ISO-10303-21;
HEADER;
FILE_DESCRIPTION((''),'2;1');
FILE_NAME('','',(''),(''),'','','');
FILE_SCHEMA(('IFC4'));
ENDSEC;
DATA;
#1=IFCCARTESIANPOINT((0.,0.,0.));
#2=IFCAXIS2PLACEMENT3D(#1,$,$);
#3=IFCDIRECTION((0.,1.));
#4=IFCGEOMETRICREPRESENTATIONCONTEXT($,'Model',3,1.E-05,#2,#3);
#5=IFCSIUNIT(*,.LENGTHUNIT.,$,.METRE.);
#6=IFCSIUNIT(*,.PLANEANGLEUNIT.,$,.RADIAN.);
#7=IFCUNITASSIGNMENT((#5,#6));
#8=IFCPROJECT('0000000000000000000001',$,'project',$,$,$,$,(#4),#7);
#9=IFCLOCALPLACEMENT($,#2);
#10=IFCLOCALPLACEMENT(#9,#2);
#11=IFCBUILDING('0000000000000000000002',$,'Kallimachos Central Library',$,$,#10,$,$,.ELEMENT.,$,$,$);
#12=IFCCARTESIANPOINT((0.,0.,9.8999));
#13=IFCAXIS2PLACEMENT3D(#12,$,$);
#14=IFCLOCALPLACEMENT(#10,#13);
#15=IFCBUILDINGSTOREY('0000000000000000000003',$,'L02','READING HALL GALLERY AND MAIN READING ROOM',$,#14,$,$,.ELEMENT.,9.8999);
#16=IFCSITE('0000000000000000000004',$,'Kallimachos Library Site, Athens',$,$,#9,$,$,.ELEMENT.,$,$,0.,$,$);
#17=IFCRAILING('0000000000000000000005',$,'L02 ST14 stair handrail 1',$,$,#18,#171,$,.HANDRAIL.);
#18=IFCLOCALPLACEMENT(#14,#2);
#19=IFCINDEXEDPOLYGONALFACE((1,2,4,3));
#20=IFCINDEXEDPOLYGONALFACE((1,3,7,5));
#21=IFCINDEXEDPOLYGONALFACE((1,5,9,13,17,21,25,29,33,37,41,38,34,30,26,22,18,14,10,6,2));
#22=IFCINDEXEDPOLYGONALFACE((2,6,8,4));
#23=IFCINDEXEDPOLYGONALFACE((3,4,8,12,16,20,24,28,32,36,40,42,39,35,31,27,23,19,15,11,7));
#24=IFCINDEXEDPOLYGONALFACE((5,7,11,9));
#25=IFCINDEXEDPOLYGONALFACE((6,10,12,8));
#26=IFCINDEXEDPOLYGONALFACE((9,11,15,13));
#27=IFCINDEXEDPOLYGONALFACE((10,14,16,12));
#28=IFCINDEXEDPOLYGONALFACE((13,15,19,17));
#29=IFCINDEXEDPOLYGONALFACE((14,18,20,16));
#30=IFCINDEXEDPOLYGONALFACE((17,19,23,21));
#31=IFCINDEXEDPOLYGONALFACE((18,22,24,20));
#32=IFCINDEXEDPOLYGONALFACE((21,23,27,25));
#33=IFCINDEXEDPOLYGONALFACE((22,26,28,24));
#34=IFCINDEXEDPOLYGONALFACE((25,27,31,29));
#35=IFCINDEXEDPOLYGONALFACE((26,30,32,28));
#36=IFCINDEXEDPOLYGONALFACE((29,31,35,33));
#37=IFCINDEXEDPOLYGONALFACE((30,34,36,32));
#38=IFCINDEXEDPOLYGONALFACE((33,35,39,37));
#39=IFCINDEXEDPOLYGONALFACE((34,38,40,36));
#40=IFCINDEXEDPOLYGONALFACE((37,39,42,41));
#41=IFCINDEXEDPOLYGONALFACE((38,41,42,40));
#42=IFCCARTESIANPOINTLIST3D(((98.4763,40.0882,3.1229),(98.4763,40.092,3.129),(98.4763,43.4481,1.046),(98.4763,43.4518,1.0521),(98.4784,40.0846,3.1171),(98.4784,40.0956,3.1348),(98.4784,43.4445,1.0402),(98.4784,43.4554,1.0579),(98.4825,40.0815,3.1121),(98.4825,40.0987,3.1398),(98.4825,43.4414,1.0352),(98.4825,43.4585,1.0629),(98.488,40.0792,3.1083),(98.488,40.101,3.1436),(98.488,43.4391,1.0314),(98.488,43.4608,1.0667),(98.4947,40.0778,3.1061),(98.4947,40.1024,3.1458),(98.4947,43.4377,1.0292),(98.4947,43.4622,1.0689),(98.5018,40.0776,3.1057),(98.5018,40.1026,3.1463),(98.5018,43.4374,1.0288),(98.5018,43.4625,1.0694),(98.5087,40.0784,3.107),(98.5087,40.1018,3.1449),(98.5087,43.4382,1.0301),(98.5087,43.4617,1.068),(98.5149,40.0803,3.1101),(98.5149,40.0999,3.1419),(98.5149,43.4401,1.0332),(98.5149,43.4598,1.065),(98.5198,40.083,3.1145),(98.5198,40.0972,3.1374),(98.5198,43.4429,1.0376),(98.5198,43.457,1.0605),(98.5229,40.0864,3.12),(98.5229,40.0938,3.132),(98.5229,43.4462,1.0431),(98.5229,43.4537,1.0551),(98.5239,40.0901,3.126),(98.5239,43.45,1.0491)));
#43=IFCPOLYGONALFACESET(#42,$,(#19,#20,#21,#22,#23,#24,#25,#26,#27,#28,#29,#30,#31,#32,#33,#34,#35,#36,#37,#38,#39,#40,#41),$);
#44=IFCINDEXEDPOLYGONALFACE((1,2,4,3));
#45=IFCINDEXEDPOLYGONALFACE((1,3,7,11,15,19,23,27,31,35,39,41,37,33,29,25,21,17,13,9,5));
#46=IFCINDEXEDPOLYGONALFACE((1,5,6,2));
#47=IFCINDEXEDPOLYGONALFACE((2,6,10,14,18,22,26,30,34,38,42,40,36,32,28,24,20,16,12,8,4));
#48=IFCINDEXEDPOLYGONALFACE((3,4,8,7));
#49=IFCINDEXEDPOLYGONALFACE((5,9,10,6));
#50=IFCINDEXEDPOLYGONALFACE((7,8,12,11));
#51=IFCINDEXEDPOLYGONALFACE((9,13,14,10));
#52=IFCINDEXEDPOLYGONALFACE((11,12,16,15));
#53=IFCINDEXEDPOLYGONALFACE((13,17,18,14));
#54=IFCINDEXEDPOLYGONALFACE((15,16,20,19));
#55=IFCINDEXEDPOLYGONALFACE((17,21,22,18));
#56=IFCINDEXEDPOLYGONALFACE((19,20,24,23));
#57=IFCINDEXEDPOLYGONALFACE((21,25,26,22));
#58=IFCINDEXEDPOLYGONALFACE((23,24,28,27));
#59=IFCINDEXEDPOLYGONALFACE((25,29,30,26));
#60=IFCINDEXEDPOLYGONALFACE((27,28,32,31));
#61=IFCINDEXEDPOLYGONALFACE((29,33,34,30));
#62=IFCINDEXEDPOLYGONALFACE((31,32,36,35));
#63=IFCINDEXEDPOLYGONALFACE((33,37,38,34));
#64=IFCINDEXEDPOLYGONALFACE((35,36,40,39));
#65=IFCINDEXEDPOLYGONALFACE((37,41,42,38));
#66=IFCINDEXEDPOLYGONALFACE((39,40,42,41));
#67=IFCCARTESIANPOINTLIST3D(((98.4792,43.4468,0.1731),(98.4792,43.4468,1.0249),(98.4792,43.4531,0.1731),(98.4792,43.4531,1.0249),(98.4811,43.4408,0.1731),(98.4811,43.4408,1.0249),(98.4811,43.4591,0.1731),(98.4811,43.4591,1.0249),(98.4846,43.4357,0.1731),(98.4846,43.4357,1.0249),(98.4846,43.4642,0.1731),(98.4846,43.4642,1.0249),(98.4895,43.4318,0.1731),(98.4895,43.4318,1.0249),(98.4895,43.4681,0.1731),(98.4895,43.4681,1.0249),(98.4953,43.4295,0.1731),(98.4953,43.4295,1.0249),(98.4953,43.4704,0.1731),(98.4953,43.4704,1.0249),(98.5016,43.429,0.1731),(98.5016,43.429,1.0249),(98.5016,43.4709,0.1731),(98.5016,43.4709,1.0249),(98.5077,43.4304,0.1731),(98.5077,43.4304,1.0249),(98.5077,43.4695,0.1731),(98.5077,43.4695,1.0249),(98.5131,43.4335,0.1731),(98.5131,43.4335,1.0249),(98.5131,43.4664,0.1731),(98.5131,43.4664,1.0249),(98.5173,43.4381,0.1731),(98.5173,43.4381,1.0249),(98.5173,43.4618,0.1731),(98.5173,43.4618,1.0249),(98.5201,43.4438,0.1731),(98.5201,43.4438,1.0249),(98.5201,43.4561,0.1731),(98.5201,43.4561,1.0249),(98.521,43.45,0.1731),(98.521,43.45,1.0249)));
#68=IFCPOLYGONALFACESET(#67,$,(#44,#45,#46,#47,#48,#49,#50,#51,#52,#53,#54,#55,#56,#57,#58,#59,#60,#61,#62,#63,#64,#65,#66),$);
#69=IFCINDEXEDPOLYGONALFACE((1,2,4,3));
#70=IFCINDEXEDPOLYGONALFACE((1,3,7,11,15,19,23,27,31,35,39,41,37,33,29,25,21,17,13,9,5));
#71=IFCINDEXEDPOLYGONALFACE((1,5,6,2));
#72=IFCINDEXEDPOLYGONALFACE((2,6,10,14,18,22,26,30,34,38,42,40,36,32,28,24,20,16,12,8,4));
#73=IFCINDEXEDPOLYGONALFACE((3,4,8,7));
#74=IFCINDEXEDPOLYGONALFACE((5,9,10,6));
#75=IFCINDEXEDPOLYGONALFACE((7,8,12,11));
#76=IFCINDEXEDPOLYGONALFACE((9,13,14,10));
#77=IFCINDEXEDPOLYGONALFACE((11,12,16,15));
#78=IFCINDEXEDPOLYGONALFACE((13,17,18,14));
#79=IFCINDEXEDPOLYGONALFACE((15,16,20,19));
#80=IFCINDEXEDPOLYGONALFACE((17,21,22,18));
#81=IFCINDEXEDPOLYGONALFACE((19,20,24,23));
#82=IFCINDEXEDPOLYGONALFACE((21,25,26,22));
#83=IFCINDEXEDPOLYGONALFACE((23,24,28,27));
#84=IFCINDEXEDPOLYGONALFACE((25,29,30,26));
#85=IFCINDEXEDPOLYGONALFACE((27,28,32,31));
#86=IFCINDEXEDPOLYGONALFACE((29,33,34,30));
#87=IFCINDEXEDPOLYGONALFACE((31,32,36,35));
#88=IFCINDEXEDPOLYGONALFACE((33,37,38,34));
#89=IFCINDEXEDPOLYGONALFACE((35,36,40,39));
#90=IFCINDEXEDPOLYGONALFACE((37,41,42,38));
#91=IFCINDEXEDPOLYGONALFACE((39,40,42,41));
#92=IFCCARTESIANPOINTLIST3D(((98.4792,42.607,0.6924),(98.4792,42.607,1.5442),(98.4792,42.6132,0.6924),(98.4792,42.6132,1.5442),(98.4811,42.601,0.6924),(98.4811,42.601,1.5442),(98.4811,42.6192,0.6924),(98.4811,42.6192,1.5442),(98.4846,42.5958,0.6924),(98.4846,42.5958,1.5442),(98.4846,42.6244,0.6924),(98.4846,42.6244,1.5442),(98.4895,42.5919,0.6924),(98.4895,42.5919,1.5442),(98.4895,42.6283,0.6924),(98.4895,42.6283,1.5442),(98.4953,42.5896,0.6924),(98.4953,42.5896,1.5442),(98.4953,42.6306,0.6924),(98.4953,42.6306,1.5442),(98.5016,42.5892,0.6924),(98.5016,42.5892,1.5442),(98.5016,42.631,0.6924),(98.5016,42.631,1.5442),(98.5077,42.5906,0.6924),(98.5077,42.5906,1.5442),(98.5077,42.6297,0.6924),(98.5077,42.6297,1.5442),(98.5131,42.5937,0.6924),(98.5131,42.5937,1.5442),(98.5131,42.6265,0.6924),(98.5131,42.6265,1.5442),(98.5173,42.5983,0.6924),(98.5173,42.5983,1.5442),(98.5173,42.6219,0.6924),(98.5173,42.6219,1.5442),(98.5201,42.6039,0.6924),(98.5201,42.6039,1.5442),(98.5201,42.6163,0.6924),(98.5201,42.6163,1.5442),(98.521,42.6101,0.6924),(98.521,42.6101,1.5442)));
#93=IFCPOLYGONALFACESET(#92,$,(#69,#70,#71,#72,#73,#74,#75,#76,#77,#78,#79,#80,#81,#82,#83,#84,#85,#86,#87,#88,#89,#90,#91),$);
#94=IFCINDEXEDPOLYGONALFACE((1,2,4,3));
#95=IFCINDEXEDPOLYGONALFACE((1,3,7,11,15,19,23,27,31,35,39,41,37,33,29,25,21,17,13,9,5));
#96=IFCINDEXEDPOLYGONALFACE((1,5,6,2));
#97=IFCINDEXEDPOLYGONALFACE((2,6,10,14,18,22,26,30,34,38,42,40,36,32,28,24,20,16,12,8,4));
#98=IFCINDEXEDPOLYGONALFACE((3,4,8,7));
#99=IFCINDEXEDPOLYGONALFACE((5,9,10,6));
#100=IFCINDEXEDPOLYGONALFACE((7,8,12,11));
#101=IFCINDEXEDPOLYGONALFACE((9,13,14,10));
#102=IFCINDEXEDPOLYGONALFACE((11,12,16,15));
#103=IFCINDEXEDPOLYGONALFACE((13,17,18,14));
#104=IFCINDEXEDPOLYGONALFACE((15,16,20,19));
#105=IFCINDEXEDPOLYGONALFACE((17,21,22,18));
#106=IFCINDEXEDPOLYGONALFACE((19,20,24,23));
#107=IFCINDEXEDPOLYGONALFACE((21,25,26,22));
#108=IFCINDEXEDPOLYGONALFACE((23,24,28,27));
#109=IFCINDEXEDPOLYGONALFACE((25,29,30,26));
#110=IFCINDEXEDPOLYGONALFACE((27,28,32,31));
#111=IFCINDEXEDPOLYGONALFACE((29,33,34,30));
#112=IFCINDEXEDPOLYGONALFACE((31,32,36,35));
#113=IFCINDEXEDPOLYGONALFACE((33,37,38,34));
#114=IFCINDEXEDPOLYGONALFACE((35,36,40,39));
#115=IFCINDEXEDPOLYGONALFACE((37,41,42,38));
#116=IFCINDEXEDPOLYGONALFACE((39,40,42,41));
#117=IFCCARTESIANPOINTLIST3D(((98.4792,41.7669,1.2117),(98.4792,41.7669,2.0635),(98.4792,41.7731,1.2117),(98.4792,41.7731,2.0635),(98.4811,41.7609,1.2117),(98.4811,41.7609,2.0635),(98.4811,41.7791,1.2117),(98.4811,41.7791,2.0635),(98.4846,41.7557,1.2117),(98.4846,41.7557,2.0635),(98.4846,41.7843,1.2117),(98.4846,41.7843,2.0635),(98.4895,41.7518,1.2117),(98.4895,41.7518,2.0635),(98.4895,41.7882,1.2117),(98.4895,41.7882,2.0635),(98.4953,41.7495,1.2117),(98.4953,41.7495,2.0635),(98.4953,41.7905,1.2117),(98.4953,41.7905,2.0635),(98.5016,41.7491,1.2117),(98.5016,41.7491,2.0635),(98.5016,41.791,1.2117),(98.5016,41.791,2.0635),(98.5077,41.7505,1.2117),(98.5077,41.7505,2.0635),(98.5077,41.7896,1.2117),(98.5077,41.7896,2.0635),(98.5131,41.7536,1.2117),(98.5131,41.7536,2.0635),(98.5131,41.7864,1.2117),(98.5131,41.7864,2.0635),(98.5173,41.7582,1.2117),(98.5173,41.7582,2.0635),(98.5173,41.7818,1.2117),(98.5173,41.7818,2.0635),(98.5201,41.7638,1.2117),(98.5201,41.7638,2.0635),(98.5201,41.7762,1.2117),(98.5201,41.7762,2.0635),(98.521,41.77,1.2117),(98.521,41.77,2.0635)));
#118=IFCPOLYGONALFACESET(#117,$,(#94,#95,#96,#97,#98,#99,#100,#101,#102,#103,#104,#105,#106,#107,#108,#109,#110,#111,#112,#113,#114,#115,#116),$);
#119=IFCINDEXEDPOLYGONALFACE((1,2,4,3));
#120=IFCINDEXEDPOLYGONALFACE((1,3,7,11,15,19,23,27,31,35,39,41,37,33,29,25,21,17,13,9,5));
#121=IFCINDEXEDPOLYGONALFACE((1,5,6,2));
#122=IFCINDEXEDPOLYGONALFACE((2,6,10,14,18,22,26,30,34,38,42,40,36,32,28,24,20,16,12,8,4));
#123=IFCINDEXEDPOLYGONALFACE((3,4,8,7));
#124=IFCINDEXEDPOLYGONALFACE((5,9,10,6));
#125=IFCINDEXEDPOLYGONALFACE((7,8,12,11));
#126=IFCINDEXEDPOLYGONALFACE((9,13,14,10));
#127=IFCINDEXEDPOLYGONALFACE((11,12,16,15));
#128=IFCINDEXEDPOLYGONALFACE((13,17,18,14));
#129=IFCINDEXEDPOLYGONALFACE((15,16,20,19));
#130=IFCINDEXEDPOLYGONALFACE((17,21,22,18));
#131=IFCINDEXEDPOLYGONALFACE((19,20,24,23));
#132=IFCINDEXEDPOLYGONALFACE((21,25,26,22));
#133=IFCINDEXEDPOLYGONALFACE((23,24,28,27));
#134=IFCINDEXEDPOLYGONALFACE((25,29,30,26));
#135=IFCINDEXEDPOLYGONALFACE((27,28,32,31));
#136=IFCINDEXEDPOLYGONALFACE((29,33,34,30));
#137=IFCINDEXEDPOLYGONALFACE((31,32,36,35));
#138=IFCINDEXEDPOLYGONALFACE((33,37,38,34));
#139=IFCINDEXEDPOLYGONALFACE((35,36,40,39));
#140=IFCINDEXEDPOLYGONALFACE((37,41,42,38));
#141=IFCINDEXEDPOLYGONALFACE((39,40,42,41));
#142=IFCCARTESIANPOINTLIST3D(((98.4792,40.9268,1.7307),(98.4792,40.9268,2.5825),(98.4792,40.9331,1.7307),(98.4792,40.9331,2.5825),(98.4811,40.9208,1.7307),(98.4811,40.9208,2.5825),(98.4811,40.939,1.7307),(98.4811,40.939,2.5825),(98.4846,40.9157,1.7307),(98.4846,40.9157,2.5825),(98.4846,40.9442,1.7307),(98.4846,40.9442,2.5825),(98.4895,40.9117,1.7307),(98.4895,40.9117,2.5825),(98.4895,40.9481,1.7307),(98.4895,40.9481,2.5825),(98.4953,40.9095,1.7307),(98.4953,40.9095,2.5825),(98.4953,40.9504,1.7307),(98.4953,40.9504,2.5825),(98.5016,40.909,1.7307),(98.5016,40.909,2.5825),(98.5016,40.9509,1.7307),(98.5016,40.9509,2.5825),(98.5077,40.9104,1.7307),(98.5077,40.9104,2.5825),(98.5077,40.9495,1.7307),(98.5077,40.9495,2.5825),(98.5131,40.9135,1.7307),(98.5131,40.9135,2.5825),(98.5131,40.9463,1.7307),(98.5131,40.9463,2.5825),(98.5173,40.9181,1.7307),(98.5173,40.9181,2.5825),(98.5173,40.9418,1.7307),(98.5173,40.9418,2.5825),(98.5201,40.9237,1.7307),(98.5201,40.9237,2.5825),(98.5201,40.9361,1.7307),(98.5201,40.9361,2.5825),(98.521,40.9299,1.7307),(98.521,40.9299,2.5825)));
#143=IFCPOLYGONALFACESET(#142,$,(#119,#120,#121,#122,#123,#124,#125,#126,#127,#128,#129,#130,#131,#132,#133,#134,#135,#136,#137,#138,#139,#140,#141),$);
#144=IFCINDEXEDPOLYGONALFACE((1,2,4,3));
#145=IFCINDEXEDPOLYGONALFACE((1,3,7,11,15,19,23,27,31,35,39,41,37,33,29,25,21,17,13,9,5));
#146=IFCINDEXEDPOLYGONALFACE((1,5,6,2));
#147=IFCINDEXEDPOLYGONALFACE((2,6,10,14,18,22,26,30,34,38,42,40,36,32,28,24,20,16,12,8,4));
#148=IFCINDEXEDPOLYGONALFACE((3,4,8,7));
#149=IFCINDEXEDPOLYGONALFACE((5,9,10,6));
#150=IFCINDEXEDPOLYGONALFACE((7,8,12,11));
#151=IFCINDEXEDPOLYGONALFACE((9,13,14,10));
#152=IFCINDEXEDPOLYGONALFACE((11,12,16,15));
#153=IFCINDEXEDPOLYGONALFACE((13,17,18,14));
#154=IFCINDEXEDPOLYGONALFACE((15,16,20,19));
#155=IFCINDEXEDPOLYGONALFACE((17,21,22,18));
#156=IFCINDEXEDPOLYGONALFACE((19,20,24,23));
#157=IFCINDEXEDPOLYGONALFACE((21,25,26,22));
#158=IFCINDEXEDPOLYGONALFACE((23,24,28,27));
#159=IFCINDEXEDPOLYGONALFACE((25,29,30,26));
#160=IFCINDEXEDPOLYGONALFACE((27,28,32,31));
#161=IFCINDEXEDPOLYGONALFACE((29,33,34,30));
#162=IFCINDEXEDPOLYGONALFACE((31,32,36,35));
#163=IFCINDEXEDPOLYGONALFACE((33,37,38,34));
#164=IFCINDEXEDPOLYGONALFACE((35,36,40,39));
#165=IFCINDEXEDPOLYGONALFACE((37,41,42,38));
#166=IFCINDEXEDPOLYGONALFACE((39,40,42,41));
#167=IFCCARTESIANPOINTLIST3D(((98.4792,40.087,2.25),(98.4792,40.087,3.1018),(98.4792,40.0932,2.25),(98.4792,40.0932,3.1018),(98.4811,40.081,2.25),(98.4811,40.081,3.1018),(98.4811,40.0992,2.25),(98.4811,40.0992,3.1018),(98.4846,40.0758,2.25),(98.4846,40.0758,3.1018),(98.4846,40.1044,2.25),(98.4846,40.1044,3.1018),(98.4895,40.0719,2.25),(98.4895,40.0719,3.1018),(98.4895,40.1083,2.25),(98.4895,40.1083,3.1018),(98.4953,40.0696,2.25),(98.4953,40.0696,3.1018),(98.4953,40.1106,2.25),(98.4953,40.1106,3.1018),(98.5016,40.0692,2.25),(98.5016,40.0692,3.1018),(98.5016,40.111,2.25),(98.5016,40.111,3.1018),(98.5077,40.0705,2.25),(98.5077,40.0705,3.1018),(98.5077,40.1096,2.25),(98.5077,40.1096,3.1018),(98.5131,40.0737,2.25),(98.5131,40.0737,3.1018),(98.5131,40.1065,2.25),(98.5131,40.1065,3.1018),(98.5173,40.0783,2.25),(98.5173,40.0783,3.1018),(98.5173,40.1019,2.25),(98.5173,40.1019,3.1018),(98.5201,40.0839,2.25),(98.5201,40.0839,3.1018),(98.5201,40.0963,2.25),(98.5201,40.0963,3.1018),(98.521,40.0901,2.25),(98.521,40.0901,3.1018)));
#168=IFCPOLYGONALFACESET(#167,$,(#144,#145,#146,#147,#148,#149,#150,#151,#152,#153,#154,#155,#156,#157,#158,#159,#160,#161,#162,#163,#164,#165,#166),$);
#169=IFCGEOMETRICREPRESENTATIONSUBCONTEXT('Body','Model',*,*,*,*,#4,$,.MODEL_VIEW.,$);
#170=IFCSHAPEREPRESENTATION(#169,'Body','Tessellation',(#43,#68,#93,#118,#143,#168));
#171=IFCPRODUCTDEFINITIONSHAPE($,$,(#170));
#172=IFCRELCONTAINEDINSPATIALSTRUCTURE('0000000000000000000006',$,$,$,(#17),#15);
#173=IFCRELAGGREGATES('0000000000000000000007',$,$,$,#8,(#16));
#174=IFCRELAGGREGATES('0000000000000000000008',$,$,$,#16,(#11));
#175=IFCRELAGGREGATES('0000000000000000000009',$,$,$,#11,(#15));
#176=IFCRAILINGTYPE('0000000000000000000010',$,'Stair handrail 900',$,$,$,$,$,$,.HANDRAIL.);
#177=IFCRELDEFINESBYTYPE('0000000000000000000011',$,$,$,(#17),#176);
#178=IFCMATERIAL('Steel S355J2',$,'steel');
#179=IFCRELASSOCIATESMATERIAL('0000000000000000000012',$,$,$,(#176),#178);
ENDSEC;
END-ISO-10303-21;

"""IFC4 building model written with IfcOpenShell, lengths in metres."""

from ifc_helpers import new_model, si_unit, direction, frame, origin, origin_2d, place, context, subcontext, project, spatial, circle, extrude, material, type_object, element, save


model = new_model("IFC4")

# Units and contexts
model_context = context("Model", 3, precision=1e-05, world=origin(), true_north=direction((0.0, 1.0)))
body_context = subcontext(model_context, "Body", "Model", "MODEL_VIEW")
ifc_project = project(units=[si_unit("LENGTHUNIT", "METRE"), si_unit("PLANEANGLEUNIT", "RADIAN")], contexts=[model_context])

# Site, building, storey
site_placement = place(None, origin())
site = spatial("IfcSite", under=ifc_project, at=site_placement, Name="Kallimachos Library Site, Athens", CompositionType="ELEMENT", RefElevation=0.0)
building_placement = place(site_placement, origin())
building = spatial("IfcBuilding", under=site, at=building_placement, Name="Kallimachos Central Library", CompositionType="ELEMENT")
storey_placement = place(building_placement, frame((0.0, 0.0, 9.8999)))
storey = spatial("IfcBuildingStorey", under=building, at=storey_placement, Name="L02", Description="READING HALL GALLERY AND MAIN READING ROOM", CompositionType="ELEMENT", Elevation=9.8999)

# Railing
ifc_material_1 = material(Name="Steel S355J2", Category="steel")
railing_type_1 = type_object("IfcRailingType", Name="Stair handrail 900", PredefinedType="HANDRAIL", material=ifc_material_1)
railing_1_placement = place(storey_placement, frame((98.5, 43.45, 0.1731)))
element("IfcRailing", 1, at=railing_1_placement, inside=storey, type_object=railing_type_1, Name="L02 ST14 stair handrail 1", PredefinedType="HANDRAIL", context=body_context, shape_type="SweptSolid", body=[
    extrude(circle(Radius=0.0239, at=origin_2d()), frame((0.0, 0.0, 0.876), z_axis=(0.0, -0.850606, 0.525803), x_axis=(1.0, 0.0, 0.0)), (0.0, 0.0, 1.0), 3.95),
    extrude(circle(Radius=0.021, at=origin_2d()), origin(), (0.0, 0.0, 1.0), 0.8518),
    extrude(circle(Radius=0.021, at=origin_2d()), frame((0.0, -0.8398, 0.5193)), (0.0, 0.0, 1.0), 0.8518),
    extrude(circle(Radius=0.021, at=origin_2d()), frame((0.0, -1.6799, 1.0386)), (0.0, 0.0, 1.0), 0.8518),
    extrude(circle(Radius=0.021, at=origin_2d()), frame((0.0, -2.52, 1.5576)), (0.0, 0.0, 1.0), 0.8518),
    extrude(circle(Radius=0.021, at=origin_2d()), frame((0.0, -3.3599, 2.0769)), (0.0, 0.0, 1.0), 0.8518),
])

save(model, "model.ifc")
